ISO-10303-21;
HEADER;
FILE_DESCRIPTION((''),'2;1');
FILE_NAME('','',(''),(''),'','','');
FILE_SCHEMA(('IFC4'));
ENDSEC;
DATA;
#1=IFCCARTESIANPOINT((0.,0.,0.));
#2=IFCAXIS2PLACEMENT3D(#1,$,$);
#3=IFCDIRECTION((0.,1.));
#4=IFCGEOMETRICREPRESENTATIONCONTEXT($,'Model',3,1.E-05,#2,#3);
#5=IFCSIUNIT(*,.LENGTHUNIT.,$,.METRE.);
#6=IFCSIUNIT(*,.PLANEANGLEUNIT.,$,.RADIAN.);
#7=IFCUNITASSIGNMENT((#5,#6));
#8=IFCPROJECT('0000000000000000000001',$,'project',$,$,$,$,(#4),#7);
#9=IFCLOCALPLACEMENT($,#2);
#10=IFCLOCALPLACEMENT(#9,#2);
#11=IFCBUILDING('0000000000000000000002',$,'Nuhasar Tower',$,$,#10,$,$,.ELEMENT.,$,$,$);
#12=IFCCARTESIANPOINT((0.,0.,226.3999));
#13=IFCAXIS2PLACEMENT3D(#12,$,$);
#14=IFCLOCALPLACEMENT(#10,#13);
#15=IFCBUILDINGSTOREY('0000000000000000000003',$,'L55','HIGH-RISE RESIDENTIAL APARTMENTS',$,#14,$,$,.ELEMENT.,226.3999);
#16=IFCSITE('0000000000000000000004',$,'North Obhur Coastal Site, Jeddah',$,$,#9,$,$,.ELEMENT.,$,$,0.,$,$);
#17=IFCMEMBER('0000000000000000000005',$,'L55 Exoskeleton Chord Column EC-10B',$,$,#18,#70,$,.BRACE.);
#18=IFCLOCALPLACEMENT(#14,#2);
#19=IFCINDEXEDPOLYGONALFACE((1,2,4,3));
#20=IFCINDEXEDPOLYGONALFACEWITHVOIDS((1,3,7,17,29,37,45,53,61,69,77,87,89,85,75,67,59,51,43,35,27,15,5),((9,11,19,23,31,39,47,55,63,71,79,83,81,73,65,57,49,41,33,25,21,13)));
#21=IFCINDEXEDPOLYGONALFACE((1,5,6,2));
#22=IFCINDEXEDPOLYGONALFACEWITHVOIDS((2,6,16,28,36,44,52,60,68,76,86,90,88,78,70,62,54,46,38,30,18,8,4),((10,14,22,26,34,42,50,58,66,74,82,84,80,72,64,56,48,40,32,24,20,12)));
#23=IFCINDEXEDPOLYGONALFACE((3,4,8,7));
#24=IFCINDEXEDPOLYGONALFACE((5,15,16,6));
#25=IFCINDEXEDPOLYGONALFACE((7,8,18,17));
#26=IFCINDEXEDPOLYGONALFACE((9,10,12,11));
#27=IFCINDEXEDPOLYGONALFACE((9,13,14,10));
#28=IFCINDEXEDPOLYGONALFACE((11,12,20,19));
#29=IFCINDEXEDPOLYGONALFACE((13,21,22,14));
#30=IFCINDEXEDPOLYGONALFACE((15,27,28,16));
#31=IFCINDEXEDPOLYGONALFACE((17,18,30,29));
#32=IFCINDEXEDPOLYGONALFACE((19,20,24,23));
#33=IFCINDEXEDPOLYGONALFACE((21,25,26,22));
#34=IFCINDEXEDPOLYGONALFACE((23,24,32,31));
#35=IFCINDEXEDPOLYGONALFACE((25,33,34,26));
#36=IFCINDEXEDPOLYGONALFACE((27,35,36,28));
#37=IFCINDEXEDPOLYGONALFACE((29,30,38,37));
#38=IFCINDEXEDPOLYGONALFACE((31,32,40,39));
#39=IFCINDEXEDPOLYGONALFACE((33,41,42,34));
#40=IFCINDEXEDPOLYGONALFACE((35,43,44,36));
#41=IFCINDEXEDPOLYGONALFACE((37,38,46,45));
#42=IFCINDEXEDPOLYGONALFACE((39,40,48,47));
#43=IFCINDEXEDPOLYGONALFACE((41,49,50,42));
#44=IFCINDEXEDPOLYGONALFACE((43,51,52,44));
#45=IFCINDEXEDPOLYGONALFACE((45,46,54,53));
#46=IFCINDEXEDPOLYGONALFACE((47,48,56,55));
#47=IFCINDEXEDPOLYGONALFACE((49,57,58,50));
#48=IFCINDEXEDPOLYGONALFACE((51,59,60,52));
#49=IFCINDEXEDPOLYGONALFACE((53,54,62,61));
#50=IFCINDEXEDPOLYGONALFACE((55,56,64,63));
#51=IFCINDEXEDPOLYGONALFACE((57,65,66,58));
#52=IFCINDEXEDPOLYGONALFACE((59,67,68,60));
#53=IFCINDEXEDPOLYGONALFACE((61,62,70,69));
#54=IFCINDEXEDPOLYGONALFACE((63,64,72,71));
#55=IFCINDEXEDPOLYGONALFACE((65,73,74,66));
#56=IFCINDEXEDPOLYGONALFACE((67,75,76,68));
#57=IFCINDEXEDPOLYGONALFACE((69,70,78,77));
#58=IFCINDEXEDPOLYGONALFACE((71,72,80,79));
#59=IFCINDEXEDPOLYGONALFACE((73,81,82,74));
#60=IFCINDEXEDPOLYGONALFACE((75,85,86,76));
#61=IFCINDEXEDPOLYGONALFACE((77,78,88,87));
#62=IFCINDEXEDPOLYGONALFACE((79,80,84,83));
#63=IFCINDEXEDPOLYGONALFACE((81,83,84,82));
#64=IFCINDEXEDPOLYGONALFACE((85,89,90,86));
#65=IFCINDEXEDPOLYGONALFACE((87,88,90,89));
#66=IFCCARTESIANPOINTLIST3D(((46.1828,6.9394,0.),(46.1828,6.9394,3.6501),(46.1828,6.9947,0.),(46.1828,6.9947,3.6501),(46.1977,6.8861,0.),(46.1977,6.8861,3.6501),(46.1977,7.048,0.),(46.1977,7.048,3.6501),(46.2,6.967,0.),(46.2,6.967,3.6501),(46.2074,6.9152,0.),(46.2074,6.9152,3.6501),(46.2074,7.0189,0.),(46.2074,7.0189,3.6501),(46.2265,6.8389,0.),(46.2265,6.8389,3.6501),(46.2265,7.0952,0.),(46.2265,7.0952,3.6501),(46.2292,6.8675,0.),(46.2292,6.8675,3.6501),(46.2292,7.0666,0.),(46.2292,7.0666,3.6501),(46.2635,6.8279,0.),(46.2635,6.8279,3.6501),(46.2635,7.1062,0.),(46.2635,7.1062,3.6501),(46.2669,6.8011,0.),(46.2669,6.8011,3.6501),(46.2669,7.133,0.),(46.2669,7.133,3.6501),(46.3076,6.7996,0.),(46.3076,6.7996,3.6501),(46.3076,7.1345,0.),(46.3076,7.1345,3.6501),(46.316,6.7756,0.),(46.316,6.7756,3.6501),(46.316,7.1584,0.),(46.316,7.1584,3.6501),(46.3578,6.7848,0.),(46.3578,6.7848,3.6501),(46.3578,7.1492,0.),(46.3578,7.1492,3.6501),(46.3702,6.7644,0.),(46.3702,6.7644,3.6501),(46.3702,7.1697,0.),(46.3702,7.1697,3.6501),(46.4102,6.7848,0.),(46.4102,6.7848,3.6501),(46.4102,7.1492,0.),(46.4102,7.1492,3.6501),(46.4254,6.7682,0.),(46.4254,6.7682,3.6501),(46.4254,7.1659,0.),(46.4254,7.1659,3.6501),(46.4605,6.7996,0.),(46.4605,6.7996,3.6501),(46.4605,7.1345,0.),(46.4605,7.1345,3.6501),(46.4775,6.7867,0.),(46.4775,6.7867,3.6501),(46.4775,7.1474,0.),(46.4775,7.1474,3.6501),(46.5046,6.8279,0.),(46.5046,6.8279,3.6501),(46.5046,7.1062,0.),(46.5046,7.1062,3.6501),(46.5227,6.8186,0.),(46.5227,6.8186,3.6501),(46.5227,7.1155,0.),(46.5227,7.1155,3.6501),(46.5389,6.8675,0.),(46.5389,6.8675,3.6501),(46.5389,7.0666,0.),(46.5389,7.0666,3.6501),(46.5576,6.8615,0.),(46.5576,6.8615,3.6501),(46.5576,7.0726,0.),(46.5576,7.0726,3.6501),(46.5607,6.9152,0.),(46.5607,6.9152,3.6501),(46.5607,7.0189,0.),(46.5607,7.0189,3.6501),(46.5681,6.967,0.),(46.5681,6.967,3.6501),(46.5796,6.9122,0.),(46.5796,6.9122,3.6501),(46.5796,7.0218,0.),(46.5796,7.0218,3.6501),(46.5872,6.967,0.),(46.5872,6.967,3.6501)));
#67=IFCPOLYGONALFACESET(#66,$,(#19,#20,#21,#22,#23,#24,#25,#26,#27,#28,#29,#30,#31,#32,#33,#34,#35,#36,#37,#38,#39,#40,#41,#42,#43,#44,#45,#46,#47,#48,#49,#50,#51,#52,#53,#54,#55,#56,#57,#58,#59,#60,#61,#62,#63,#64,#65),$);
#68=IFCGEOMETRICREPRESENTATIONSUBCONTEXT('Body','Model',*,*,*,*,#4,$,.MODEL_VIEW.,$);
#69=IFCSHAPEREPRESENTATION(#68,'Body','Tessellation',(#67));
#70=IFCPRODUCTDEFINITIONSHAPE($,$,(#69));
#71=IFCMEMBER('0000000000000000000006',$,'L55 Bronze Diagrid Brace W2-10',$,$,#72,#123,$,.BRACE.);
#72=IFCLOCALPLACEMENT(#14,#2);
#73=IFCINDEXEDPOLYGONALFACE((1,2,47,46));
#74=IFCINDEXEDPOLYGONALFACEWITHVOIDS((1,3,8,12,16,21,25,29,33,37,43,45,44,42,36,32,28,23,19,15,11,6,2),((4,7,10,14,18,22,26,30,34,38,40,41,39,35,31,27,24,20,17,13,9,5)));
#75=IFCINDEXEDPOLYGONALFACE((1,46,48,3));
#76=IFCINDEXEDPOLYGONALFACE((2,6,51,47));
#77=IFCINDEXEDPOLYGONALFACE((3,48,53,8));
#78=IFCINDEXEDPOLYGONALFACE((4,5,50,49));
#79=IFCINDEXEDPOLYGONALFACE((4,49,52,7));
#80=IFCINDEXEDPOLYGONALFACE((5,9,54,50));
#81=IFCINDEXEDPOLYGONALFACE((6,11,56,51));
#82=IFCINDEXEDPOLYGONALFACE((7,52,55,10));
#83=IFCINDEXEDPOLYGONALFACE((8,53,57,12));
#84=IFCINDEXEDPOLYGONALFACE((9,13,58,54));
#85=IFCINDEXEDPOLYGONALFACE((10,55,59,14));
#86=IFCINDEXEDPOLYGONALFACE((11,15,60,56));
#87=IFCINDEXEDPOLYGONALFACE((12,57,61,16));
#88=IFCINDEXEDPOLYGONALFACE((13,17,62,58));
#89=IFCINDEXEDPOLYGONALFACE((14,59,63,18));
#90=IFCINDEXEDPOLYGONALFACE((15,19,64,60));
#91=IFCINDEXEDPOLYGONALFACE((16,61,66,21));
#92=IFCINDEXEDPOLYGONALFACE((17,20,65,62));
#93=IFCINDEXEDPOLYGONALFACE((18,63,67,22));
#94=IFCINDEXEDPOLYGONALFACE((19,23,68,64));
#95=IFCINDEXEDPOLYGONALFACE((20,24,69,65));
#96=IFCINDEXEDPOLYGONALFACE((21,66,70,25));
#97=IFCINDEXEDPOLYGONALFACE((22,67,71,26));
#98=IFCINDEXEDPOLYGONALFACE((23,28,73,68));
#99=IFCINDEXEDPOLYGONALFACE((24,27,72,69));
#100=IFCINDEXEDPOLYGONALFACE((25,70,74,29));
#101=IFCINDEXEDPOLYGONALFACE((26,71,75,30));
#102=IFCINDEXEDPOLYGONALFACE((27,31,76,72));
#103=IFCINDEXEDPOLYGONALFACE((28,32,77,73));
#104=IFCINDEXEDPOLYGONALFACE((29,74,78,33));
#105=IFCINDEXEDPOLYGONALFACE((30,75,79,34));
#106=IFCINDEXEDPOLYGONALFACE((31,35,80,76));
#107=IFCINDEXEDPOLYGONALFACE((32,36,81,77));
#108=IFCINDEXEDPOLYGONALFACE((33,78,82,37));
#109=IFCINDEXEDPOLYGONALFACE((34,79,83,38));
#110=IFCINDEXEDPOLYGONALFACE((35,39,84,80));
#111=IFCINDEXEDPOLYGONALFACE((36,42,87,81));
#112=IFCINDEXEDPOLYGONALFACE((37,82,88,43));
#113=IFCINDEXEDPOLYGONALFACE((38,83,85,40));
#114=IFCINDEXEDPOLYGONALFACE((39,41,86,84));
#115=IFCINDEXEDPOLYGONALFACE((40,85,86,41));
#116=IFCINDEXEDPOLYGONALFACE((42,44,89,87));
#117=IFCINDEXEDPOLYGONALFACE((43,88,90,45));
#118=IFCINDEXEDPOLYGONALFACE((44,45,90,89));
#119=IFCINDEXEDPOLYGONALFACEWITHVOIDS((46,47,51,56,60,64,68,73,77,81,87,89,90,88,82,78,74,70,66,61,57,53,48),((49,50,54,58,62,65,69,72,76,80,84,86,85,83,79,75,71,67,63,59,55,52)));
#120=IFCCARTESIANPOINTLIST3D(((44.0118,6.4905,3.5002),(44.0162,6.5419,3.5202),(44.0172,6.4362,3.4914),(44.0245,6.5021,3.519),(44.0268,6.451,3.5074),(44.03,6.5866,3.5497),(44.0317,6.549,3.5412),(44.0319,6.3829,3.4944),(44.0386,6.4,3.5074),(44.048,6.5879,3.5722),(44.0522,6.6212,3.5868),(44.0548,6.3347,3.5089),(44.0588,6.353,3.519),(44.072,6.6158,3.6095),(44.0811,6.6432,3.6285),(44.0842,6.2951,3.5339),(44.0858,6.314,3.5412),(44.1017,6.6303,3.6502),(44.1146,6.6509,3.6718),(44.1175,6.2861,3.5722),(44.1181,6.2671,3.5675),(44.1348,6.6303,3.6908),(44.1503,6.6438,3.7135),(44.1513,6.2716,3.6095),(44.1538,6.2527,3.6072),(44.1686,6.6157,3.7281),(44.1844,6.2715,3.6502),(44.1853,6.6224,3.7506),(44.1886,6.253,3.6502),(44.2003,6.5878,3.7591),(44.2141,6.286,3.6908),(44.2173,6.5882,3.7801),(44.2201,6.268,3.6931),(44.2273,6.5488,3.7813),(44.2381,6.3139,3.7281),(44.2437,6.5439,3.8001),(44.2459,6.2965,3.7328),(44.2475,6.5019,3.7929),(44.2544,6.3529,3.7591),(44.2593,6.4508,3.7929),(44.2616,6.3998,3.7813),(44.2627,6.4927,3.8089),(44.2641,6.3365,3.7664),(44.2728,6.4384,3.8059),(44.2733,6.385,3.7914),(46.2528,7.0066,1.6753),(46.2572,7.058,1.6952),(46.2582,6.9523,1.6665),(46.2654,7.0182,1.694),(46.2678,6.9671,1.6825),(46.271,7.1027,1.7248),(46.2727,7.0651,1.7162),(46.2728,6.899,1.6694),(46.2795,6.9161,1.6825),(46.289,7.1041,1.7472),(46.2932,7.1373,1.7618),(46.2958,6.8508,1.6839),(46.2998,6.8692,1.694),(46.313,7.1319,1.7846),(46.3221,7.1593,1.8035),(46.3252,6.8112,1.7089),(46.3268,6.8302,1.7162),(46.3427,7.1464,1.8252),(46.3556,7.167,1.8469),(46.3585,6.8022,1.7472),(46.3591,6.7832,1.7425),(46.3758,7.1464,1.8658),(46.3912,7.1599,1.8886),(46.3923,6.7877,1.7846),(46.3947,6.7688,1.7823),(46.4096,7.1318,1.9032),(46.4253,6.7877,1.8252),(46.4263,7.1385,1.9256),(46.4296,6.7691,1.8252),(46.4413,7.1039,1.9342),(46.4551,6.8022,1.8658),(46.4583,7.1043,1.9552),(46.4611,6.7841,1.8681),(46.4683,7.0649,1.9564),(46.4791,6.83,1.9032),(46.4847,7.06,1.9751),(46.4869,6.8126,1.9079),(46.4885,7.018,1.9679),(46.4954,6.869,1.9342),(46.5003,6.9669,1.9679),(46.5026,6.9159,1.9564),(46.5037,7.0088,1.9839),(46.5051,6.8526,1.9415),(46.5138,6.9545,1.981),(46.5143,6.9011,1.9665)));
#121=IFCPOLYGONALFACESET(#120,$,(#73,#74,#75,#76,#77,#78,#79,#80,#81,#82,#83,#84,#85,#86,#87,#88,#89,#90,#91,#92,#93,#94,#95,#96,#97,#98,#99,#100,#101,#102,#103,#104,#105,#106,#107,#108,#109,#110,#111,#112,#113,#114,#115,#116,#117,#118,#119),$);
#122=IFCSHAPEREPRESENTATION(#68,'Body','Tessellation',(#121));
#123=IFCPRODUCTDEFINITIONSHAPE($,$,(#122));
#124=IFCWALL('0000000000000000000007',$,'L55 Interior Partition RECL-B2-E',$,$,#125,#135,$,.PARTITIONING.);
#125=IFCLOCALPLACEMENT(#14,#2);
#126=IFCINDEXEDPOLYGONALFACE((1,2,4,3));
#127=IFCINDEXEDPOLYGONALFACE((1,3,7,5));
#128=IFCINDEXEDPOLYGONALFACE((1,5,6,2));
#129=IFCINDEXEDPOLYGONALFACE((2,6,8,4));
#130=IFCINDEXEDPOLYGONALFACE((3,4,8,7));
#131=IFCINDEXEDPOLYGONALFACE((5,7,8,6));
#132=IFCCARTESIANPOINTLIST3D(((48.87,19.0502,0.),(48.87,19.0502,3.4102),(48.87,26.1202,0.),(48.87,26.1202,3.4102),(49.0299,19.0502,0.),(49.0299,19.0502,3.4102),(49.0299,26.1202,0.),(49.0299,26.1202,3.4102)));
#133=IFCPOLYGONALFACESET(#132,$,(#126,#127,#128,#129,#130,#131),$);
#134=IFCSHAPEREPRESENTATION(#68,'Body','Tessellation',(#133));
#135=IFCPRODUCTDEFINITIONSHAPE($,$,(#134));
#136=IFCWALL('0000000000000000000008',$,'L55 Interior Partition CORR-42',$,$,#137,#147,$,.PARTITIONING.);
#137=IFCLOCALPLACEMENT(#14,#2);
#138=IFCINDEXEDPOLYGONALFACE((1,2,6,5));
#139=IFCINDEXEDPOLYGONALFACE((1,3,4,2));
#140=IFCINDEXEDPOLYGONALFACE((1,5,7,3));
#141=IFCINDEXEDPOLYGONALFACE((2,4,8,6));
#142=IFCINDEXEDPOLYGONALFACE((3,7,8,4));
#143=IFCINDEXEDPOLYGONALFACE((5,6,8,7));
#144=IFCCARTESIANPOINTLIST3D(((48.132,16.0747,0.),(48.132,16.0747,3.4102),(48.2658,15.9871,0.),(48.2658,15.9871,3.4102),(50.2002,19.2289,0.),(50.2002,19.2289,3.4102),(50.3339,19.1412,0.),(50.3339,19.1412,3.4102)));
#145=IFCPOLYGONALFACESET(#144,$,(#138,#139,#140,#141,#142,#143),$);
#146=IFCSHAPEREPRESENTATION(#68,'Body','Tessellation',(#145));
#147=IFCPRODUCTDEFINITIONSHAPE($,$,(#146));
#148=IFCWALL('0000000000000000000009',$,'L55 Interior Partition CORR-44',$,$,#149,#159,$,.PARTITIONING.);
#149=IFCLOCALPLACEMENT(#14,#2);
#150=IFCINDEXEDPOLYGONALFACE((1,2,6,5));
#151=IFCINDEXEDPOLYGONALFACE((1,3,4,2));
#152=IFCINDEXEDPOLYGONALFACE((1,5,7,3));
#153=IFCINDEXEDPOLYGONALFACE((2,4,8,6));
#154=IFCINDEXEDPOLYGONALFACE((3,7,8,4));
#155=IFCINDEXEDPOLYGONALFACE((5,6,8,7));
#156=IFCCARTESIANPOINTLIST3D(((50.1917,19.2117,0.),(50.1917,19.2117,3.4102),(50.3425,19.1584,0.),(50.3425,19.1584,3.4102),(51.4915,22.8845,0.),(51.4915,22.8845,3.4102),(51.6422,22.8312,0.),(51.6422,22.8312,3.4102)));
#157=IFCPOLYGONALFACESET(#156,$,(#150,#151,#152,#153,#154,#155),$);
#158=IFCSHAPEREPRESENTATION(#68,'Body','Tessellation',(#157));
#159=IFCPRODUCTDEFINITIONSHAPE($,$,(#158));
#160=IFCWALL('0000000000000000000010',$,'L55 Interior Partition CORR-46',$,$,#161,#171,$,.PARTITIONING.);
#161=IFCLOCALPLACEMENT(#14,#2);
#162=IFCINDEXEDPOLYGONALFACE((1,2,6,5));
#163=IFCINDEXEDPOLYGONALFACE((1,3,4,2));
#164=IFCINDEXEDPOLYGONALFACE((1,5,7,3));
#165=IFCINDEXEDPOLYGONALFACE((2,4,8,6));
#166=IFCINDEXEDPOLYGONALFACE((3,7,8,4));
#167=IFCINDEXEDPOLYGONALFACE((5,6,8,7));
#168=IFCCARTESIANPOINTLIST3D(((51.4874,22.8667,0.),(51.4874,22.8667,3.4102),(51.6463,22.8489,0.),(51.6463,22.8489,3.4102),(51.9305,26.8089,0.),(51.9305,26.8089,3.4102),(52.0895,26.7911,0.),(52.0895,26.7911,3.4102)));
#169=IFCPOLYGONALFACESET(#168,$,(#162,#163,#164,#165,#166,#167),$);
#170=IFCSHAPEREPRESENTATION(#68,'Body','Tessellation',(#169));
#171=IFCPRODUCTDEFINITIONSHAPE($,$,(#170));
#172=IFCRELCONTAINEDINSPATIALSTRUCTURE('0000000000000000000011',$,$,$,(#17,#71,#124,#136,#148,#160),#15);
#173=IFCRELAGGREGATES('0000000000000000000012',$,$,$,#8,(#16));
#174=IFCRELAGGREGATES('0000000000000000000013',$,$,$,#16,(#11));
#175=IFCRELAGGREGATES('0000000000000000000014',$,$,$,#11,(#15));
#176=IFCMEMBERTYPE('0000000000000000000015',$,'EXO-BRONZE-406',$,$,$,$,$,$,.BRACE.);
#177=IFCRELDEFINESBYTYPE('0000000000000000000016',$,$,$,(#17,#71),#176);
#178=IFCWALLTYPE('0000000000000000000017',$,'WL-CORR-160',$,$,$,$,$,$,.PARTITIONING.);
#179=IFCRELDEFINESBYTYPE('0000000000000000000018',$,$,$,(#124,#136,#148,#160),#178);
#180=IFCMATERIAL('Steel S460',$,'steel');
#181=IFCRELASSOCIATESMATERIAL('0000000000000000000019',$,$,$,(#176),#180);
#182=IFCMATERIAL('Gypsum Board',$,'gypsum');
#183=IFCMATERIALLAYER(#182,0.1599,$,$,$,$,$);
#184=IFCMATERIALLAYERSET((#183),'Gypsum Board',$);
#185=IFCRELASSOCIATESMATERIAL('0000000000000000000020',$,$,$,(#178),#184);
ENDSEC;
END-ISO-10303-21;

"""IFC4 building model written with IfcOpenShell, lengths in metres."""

from ifc_helpers import new_model, si_unit, direction, frame, frame_2d, origin, origin_2d, place, context, subcontext, project, spatial, rectangle, hollow_circle, extrude, material, layer, layer_set, material_profile, profile_set, type_object, element, save


model = new_model("IFC4")

# Units and contexts
model_context = context("Model", 3, precision=1e-05, world=origin(), true_north=direction((0.0, 1.0)))
body_context = subcontext(model_context, "Body", "Model", "MODEL_VIEW")
ifc_project = project(units=[si_unit("LENGTHUNIT", "METRE"), si_unit("PLANEANGLEUNIT", "RADIAN")], contexts=[model_context])

# Site, building, storey
site_placement = place(None, origin())
site = spatial("IfcSite", under=ifc_project, at=site_placement, Name="North Obhur Coastal Site, Jeddah", CompositionType="ELEMENT", RefElevation=0.0)
building_placement = place(site_placement, origin())
building = spatial("IfcBuilding", under=site, at=building_placement, Name="Nuhasar Tower", CompositionType="ELEMENT")
storey_placement = place(building_placement, frame((0.0, 0.0, 226.3999)))
storey = spatial("IfcBuildingStorey", under=building, at=storey_placement, Name="L55", Description="HIGH-RISE RESIDENTIAL APARTMENTS", CompositionType="ELEMENT", Elevation=226.3999)

# Members
ifc_material_1 = material(Name="Steel S460", Category="steel")
ifc_material_profile_1 = material_profile(ifc_material_1, hollow_circle(Radius=0.2031, WallThickness=0.019, at=origin_2d()), Name="HSS406.4X19.1")
ifc_profile_set_1 = profile_set([ifc_material_profile_1], Name="Steel S460")
member_type_1 = type_object("IfcMemberType", Name="EXO-BRONZE-406", PredefinedType="BRACE", material=ifc_profile_set_1)
member_1_placement = place(storey_placement, frame((46.384, 6.967, 0.0), z_axis=(0.0, 0.0, 1.0), x_axis=(1.0, 0.0, 0.0)))
element("IfcMember", 1, at=member_1_placement, inside=storey, type_object=member_type_1, Name="L55 Exoskeleton Chord Column EC-10B", PredefinedType="BRACE", context=body_context, shape_type="SweptSolid", body=[
    extrude(hollow_circle(Radius=0.2031, WallThickness=0.019, at=origin_2d()), origin(), (0.0, 0.0, 1.0), 3.6501),
])
member_2_placement = place(storey_placement, frame((46.384, 6.967, 1.8252), z_axis=(-0.763332, -0.175802, 0.621626), x_axis=(0.224433, -0.97449, 0.0)))
element("IfcMember", 2, at=member_2_placement, inside=storey, type_object=member_type_1, Name="L55 Bronze Diagrid Brace W2-10", PredefinedType="BRACE", context=body_context, shape_type="SweptSolid", body=[
    extrude(hollow_circle(Radius=0.2031, WallThickness=0.019, at=origin_2d()), origin(), (0.0, 0.0, 1.0), 2.9358),
])

# Wall
ifc_material_2 = material(Name="Gypsum Board", Category="gypsum")
ifc_layer_1 = layer(ifc_material_2, 0.1599)
ifc_layer_set_1 = layer_set([ifc_layer_1], Name="Gypsum Board")
wall_type_1 = type_object("IfcWallType", Name="WL-CORR-160", PredefinedType="PARTITIONING", material=ifc_layer_set_1)
wall_1_placement = place(storey_placement, frame((48.95, 19.05, 0.0), z_axis=(0.0, 0.0, 1.0), x_axis=(0.0, 1.0, 0.0)))
element("IfcWall", 3, at=wall_1_placement, inside=storey, type_object=wall_type_1, Name="L55 Interior Partition RECL-B2-E", PredefinedType="PARTITIONING", context=body_context, shape_type="SweptSolid", body=[
    extrude(rectangle(XDim=7.0701, YDim=0.1599, at=frame_2d((3.5352, 0.0))), origin(), (0.0, 0.0, 1.0), 3.4102),
])

# Walls
wall_2_placement = place(storey_placement, frame((48.199, 16.031, 0.0), z_axis=(0.0, 0.0, 1.0), x_axis=(0.548335, 0.836258, 0.0)))
element("IfcWall", 4, at=wall_2_placement, inside=storey, type_object=wall_type_1, Name="L55 Interior Partition CORR-42", PredefinedType="PARTITIONING", context=body_context, shape_type="SweptSolid", body=[
    extrude(rectangle(XDim=3.7717, YDim=0.1599, at=frame_2d((1.8857, 0.0))), origin(), (0.0, 0.0, 1.0), 3.4102),
])
wall_3_placement = place(storey_placement, frame((50.2671, 19.1851, 0.0), z_axis=(0.0, 0.0, 1.0), x_axis=(0.33362, 0.942708, 0.0)))
element("IfcWall", 5, at=wall_3_placement, inside=storey, type_object=wall_type_1, Name="L55 Interior Partition CORR-44", PredefinedType="PARTITIONING", context=body_context, shape_type="SweptSolid", body=[
    extrude(rectangle(XDim=3.896, YDim=0.1599, at=frame_2d((1.948, 0.0))), origin(), (0.0, 0.0, 1.0), 3.4102),
])
wall_4_placement = place(storey_placement, frame((51.5669, 22.8579, 0.0), z_axis=(0.0, 0.0, 1.0), x_axis=(0.111701, 0.993742, 0.0)))
element("IfcWall", 6, at=wall_4_placement, inside=storey, type_object=wall_type_1, Name="L55 Interior Partition CORR-46", PredefinedType="PARTITIONING", context=body_context, shape_type="SweptSolid", body=[
    extrude(rectangle(XDim=3.967, YDim=0.1599, at=frame_2d((1.9834, 0.0))), origin(), (0.0, 0.0, 1.0), 3.4102),
])

save(model, "model.ifc")
